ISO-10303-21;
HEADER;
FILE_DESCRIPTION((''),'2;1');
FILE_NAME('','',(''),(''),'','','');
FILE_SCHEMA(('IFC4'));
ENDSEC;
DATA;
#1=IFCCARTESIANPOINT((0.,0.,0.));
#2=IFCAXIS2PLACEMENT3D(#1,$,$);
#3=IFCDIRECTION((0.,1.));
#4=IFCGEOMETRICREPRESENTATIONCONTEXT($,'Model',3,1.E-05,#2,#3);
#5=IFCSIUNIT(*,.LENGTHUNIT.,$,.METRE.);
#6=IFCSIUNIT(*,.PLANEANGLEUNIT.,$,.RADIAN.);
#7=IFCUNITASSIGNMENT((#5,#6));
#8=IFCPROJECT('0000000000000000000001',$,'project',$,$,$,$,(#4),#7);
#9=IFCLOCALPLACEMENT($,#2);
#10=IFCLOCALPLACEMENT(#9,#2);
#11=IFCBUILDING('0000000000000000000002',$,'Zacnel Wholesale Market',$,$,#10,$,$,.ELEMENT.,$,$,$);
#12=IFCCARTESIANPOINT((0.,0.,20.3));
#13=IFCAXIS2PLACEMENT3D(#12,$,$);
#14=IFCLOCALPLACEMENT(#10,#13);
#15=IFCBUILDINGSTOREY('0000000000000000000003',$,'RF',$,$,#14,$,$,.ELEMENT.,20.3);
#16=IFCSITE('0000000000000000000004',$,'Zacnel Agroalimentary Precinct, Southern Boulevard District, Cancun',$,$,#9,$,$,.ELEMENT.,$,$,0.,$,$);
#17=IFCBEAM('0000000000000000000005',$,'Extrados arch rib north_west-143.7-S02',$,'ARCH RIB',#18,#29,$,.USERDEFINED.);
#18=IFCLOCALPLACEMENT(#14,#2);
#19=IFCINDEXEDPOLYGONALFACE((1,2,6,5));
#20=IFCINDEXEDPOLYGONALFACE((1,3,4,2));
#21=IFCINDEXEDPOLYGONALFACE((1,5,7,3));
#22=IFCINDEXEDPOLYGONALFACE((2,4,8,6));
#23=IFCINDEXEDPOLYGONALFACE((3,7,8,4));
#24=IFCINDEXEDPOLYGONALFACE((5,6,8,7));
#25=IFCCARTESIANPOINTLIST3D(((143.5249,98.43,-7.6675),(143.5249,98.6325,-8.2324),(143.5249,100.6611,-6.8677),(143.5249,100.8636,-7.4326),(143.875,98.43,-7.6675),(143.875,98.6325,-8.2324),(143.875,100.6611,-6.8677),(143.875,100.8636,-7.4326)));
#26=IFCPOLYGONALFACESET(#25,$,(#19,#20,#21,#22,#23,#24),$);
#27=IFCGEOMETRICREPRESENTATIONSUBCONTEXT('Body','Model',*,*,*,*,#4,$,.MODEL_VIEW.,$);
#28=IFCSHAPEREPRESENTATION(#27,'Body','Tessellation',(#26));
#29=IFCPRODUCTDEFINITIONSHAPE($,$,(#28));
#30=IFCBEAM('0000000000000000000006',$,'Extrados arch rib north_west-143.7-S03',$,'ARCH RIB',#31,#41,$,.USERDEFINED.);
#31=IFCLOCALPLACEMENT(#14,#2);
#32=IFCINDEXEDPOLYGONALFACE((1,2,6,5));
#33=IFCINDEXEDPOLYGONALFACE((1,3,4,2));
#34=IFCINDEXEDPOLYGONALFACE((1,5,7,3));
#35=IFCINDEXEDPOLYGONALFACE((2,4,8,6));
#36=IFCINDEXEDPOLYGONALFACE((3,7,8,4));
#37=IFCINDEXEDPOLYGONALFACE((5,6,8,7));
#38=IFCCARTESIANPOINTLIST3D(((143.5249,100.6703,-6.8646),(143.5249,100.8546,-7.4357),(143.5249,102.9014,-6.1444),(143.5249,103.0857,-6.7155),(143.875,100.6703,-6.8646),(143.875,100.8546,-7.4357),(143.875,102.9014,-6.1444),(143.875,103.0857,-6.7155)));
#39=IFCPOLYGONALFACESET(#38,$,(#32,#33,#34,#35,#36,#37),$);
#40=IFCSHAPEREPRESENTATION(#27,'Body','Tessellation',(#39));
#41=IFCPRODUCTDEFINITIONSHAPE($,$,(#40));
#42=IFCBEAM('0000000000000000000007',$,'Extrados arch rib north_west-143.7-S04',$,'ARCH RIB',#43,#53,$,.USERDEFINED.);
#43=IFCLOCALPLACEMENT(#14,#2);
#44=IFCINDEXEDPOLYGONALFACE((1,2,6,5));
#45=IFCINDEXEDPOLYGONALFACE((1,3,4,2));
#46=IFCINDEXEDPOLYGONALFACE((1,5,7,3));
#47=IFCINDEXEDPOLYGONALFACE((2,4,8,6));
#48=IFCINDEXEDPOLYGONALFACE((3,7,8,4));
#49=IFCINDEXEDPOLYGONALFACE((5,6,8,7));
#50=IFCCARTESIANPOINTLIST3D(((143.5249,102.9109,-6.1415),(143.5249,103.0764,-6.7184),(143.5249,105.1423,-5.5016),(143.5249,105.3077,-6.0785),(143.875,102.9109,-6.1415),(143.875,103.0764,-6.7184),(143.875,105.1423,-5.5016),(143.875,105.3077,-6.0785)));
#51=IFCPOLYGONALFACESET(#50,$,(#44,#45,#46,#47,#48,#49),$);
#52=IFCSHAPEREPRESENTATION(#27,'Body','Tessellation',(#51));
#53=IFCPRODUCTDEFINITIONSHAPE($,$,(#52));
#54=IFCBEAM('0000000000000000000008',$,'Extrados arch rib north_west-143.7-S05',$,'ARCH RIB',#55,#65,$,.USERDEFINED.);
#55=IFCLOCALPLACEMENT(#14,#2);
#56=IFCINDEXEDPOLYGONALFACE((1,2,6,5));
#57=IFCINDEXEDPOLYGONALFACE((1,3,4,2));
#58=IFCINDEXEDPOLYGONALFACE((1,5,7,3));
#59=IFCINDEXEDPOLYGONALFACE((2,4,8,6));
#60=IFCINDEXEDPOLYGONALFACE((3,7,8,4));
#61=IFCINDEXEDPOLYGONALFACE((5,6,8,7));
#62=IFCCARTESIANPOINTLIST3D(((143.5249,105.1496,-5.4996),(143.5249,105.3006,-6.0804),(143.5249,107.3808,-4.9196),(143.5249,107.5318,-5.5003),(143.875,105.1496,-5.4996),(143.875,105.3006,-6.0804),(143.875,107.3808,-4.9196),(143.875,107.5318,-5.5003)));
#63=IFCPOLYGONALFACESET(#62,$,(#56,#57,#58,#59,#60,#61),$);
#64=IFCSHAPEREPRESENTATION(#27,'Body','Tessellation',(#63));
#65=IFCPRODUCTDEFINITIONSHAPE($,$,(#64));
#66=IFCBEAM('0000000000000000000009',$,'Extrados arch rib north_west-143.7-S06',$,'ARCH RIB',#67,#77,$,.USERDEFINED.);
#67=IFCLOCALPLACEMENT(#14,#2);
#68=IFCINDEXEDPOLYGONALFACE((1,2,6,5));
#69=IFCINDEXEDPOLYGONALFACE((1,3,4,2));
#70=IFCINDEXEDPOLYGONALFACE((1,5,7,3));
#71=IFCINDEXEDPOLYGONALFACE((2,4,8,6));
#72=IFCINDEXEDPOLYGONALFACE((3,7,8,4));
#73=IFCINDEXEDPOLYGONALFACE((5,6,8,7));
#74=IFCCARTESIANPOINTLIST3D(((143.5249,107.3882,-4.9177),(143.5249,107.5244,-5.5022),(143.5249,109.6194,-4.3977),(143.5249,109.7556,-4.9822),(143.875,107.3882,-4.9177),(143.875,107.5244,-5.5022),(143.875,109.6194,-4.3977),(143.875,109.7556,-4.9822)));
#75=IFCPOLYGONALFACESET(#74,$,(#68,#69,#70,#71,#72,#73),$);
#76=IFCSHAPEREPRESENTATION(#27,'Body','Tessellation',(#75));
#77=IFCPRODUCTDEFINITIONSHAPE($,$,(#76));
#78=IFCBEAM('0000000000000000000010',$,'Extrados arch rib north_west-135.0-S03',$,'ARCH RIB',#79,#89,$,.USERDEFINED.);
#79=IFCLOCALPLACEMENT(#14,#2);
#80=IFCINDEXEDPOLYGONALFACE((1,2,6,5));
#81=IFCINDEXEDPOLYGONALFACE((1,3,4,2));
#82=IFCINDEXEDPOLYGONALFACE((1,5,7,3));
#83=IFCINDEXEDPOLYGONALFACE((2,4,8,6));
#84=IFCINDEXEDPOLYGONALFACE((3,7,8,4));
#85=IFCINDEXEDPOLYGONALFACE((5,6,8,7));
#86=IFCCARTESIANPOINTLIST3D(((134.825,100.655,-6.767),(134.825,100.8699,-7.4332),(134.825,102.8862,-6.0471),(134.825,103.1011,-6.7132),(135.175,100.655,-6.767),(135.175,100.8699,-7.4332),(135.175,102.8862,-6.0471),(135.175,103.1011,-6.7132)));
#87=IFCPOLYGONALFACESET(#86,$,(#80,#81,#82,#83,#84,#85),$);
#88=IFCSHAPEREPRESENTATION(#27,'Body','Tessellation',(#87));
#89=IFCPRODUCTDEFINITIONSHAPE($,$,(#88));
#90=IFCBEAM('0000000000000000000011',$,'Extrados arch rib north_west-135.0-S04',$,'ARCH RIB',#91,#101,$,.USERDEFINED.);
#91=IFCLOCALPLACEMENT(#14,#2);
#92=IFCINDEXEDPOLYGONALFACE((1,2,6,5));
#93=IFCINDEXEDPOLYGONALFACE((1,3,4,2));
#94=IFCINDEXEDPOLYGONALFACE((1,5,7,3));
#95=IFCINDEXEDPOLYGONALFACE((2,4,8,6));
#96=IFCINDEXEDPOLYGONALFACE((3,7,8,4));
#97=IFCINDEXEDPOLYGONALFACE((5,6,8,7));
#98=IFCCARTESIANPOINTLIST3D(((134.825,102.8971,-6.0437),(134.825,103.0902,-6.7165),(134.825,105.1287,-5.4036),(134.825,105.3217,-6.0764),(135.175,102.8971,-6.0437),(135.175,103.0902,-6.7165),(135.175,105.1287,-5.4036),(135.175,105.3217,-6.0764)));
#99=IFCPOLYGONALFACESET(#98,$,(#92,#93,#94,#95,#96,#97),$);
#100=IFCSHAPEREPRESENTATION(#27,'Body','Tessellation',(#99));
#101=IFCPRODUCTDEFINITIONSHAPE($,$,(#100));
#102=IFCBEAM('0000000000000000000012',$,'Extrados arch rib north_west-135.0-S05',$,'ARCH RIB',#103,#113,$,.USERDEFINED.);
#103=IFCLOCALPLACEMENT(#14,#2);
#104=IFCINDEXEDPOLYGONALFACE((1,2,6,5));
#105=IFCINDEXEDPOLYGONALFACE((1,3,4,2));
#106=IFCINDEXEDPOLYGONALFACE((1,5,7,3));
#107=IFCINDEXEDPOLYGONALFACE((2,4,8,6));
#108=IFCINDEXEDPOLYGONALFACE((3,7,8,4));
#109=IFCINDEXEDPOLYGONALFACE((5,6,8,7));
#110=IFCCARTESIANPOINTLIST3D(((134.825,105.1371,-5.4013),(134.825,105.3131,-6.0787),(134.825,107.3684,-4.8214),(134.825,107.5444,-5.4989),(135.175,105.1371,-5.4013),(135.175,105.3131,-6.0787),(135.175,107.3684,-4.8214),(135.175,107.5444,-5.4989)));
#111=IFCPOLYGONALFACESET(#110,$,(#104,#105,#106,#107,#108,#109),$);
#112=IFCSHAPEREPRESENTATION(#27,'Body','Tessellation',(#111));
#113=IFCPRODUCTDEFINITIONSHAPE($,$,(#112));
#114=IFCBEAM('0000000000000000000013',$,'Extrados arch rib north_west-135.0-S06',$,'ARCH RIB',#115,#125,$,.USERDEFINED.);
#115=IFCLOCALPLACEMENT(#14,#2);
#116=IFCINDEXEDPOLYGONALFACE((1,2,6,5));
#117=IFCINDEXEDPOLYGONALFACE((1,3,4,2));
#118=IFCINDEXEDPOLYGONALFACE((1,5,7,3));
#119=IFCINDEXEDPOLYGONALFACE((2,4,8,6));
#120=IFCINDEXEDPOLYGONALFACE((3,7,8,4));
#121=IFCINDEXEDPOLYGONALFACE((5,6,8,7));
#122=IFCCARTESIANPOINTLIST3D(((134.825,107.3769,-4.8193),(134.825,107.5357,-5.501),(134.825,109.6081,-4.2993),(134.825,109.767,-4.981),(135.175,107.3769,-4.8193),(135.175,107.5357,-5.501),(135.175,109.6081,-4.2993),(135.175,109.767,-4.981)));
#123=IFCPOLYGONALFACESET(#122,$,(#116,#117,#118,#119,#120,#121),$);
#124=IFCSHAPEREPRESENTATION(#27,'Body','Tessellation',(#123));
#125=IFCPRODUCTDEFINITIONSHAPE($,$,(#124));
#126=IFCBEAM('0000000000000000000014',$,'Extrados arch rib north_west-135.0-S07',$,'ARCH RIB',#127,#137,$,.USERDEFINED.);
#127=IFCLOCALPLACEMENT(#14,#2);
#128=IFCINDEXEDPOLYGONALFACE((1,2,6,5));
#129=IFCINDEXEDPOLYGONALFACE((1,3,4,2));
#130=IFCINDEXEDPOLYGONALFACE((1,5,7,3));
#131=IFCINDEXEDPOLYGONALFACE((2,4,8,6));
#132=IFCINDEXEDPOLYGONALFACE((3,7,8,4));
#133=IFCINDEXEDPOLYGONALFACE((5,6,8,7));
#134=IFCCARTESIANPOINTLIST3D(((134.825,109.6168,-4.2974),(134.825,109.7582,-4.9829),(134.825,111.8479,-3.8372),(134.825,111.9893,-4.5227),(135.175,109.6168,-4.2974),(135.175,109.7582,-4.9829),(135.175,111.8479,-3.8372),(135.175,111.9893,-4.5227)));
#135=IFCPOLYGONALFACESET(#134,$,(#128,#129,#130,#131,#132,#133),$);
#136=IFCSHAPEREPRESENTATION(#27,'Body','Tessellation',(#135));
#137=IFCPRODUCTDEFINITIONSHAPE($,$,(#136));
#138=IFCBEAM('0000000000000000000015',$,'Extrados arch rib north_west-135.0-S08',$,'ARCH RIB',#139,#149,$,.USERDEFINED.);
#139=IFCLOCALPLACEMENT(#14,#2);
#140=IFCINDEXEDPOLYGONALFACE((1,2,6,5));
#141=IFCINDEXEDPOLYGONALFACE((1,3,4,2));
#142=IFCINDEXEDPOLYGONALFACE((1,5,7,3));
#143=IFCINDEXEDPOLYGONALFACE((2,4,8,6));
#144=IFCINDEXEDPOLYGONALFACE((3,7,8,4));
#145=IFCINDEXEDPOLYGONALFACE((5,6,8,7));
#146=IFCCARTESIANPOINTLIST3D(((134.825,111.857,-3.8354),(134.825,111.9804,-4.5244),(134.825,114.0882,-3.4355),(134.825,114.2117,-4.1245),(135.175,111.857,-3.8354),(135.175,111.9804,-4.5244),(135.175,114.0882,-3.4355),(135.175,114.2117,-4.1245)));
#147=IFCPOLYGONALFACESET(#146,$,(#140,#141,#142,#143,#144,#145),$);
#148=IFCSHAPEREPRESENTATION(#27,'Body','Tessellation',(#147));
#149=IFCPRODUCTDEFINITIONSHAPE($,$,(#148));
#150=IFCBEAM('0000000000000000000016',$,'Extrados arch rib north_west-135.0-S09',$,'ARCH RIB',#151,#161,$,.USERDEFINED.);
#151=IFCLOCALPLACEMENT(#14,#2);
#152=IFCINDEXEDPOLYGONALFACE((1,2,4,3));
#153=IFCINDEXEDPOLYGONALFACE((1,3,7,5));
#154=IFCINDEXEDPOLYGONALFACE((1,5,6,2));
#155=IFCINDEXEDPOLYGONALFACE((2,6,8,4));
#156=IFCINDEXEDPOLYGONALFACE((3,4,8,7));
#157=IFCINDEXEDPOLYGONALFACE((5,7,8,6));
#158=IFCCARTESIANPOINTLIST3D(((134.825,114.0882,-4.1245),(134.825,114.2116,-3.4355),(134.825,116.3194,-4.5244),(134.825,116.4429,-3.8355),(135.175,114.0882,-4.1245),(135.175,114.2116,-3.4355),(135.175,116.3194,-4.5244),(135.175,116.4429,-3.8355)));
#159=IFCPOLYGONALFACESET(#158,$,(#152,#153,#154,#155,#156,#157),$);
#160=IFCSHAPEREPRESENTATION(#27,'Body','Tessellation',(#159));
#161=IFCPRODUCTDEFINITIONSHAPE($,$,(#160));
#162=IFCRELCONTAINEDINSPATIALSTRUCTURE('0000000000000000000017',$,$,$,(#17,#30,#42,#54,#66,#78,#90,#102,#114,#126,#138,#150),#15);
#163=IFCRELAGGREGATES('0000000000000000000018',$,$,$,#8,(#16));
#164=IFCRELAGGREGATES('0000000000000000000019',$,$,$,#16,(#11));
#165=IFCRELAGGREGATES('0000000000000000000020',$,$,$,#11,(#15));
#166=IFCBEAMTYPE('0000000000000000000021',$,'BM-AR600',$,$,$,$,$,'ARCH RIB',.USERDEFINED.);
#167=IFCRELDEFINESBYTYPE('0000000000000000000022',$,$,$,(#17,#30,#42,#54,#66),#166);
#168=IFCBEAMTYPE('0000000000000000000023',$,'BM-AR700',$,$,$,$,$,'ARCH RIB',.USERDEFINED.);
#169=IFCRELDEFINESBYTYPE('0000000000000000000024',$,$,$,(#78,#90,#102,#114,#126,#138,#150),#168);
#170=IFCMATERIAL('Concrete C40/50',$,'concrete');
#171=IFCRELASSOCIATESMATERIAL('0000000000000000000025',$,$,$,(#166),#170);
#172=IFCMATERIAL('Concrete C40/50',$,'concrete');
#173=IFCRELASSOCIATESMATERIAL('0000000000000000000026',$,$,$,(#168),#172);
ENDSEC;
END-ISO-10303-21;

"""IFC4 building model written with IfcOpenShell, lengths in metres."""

from ifc_helpers import new_model, si_unit, direction, frame, origin, origin_2d, place, context, subcontext, project, spatial, rectangle, extrude, material, material_profile, profile_set, type_object, element, save


model = new_model("IFC4")

# Units and contexts
model_context = context("Model", 3, precision=1e-05, world=origin(), true_north=direction((0.0, 1.0)))
body_context = subcontext(model_context, "Body", "Model", "MODEL_VIEW")
ifc_project = project(units=[si_unit("LENGTHUNIT", "METRE"), si_unit("PLANEANGLEUNIT", "RADIAN")], contexts=[model_context])

# Site, building, storey
site_placement = place(None, origin())
site = spatial("IfcSite", under=ifc_project, at=site_placement, Name="Zacnel Agroalimentary Precinct, Southern Boulevard District, Cancun", CompositionType="ELEMENT", RefElevation=0.0)
building_placement = place(site_placement, origin())
building = spatial("IfcBuilding", under=site, at=building_placement, Name="Zacnel Wholesale Market", CompositionType="ELEMENT")
storey_placement = place(building_placement, frame((0.0, 0.0, 20.3)))
storey = spatial("IfcBuildingStorey", under=building, at=storey_placement, Name="RF", CompositionType="ELEMENT", Elevation=20.3)

# Beams
ifc_material_1 = material(Name="Concrete C40/50", Category="concrete")
ifc_material_profile_1 = material_profile(ifc_material_1, rectangle(XDim=0.3501, YDim=0.6001, at=origin_2d()), Name="ARCH RIB 350x600")
ifc_profile_set_1 = profile_set([ifc_material_profile_1], Name="Concrete C40/50")
beam_type_1 = type_object("IfcBeamType", Name="BM-AR600", ElementType="ARCH RIB", PredefinedType="USERDEFINED", material=ifc_profile_set_1)
beam_1_placement = place(storey_placement, frame((143.7, 98.5312, -7.95), z_axis=(0.0, 0.941347, 0.337439), x_axis=(-1.0, 0.0, 0.0)))
element("IfcBeam", 1, at=beam_1_placement, inside=storey, type_object=beam_type_1, Name="Extrados arch rib north_west-143.7-S02", ObjectType="ARCH RIB", PredefinedType="USERDEFINED", context=body_context, shape_type="SweptSolid", body=[
    extrude(rectangle(XDim=0.3501, YDim=0.6001, at=origin_2d()), origin(), (0.0, 0.0, 1.0), 2.3701),
])
beam_2_placement = place(storey_placement, frame((143.7, 100.7625, -7.1501), z_axis=(0.0, 0.95165, 0.307185), x_axis=(-1.0, 0.0, 0.0)))
element("IfcBeam", 2, at=beam_2_placement, inside=storey, type_object=beam_type_1, Name="Extrados arch rib north_west-143.7-S03", ObjectType="ARCH RIB", PredefinedType="USERDEFINED", context=body_context, shape_type="SweptSolid", body=[
    extrude(rectangle(XDim=0.3501, YDim=0.6001, at=origin_2d()), origin(), (0.0, 0.0, 1.0), 2.3445),
])
beam_3_placement = place(storey_placement, frame((143.7, 102.9937, -6.4299), z_axis=(0.0, 0.961258, 0.275652), x_axis=(-1.0, 0.0, 0.0)))
element("IfcBeam", 3, at=beam_3_placement, inside=storey, type_object=beam_type_1, Name="Extrados arch rib north_west-143.7-S04", ObjectType="ARCH RIB", PredefinedType="USERDEFINED", context=body_context, shape_type="SweptSolid", body=[
    extrude(rectangle(XDim=0.3501, YDim=0.6001, at=origin_2d()), origin(), (0.0, 0.0, 1.0), 2.3213),
])
beam_4_placement = place(storey_placement, frame((143.7, 105.2251, -5.79), z_axis=(0.0, 0.967826, 0.25162), x_axis=(-1.0, 0.0, 0.0)))
element("IfcBeam", 4, at=beam_4_placement, inside=storey, type_object=beam_type_1, Name="Extrados arch rib north_west-143.7-S05", ObjectType="ARCH RIB", PredefinedType="USERDEFINED", context=body_context, shape_type="SweptSolid", body=[
    extrude(rectangle(XDim=0.3501, YDim=0.6001, at=origin_2d()), origin(), (0.0, 0.0, 1.0), 2.3054),
])
beam_5_placement = place(storey_placement, frame((143.7, 107.4563, -5.21), z_axis=(0.0, 0.973899, 0.226984), x_axis=(-1.0, 0.0, 0.0)))
element("IfcBeam", 5, at=beam_5_placement, inside=storey, type_object=beam_type_1, Name="Extrados arch rib north_west-143.7-S06", ObjectType="ARCH RIB", PredefinedType="USERDEFINED", context=body_context, shape_type="SweptSolid", body=[
    extrude(rectangle(XDim=0.3501, YDim=0.6001, at=origin_2d()), origin(), (0.0, 0.0, 1.0), 2.291),
])
ifc_material_2 = material(Name="Concrete C40/50", Category="concrete")
ifc_material_profile_2 = material_profile(ifc_material_2, rectangle(XDim=0.3501, YDim=0.7, at=origin_2d()), Name="ARCH RIB 350x700")
ifc_profile_set_2 = profile_set([ifc_material_profile_2], Name="Concrete C40/50")
beam_type_2 = type_object("IfcBeamType", Name="BM-AR700", ElementType="ARCH RIB", PredefinedType="USERDEFINED", material=ifc_profile_set_2)
beam_6_placement = place(storey_placement, frame((135.0, 100.7625, -7.1001), z_axis=(0.0, 0.95168, 0.307091), x_axis=(-1.0, 0.0, 0.0)))
element("IfcBeam", 6, at=beam_6_placement, inside=storey, type_object=beam_type_2, Name="Extrados arch rib north_west-135.0-S03", ObjectType="ARCH RIB", PredefinedType="USERDEFINED", context=body_context, shape_type="SweptSolid", body=[
    extrude(rectangle(XDim=0.3501, YDim=0.7, at=origin_2d()), origin(), (0.0, 0.0, 1.0), 2.3445),
])
beam_7_placement = place(storey_placement, frame((135.0, 102.9937, -6.3801), z_axis=(0.0, 0.96123, 0.275749), x_axis=(-1.0, 0.0, 0.0)))
element("IfcBeam", 7, at=beam_7_placement, inside=storey, type_object=beam_type_2, Name="Extrados arch rib north_west-135.0-S04", ObjectType="ARCH RIB", PredefinedType="USERDEFINED", context=body_context, shape_type="SweptSolid", body=[
    extrude(rectangle(XDim=0.3501, YDim=0.7, at=origin_2d()), origin(), (0.0, 0.0, 1.0), 2.3215),
])
beam_8_placement = place(storey_placement, frame((135.0, 105.2251, -5.74), z_axis=(0.0, 0.967852, 0.251521), x_axis=(-1.0, 0.0, 0.0)))
element("IfcBeam", 8, at=beam_8_placement, inside=storey, type_object=beam_type_2, Name="Extrados arch rib north_west-135.0-S05", ObjectType="ARCH RIB", PredefinedType="USERDEFINED", context=body_context, shape_type="SweptSolid", body=[
    extrude(rectangle(XDim=0.3501, YDim=0.7, at=origin_2d()), origin(), (0.0, 0.0, 1.0), 2.3054),
])
beam_9_placement = place(storey_placement, frame((135.0, 107.4563, -5.1602), z_axis=(0.0, 0.973899, 0.226984), x_axis=(-1.0, 0.0, 0.0)))
element("IfcBeam", 9, at=beam_9_placement, inside=storey, type_object=beam_type_2, Name="Extrados arch rib north_west-135.0-S06", ObjectType="ARCH RIB", PredefinedType="USERDEFINED", context=body_context, shape_type="SweptSolid", body=[
    extrude(rectangle(XDim=0.3501, YDim=0.7, at=origin_2d()), origin(), (0.0, 0.0, 1.0), 2.291),
])
beam_10_placement = place(storey_placement, frame((135.0, 109.6875, -4.6401), z_axis=(0.0, 0.979384, 0.202007), x_axis=(-1.0, 0.0, 0.0)))
element("IfcBeam", 10, at=beam_10_placement, inside=storey, type_object=beam_type_2, Name="Extrados arch rib north_west-135.0-S07", ObjectType="ARCH RIB", PredefinedType="USERDEFINED", context=body_context, shape_type="SweptSolid", body=[
    extrude(rectangle(XDim=0.3501, YDim=0.7, at=origin_2d()), origin(), (0.0, 0.0, 1.0), 2.2781),
])
for number, where, z_axis, x_axis, name in (
    (11, (135.0, 111.9187, -4.1799), (0.0, 0.984315, 0.176421), (-1.0, 0.0, 0.0), "Extrados arch rib north_west-135.0-S08"),
    (12, (135.0, 114.1499, -3.78), (0.0, 0.984315, -0.176421), (-1.0, 0.0, 0.0), "Extrados arch rib north_west-135.0-S09"),
):
    element("IfcBeam", number, at=place(storey_placement, frame(where, z_axis=z_axis, x_axis=x_axis)), inside=storey, type_object=beam_type_2, Name=name, ObjectType="ARCH RIB", PredefinedType="USERDEFINED", context=body_context, shape_type="SweptSolid", body=[
        extrude(rectangle(XDim=0.3501, YDim=0.7, at=origin_2d()), origin(), (0.0, 0.0, 1.0), 2.2668),
    ])

save(model, "model.ifc")
